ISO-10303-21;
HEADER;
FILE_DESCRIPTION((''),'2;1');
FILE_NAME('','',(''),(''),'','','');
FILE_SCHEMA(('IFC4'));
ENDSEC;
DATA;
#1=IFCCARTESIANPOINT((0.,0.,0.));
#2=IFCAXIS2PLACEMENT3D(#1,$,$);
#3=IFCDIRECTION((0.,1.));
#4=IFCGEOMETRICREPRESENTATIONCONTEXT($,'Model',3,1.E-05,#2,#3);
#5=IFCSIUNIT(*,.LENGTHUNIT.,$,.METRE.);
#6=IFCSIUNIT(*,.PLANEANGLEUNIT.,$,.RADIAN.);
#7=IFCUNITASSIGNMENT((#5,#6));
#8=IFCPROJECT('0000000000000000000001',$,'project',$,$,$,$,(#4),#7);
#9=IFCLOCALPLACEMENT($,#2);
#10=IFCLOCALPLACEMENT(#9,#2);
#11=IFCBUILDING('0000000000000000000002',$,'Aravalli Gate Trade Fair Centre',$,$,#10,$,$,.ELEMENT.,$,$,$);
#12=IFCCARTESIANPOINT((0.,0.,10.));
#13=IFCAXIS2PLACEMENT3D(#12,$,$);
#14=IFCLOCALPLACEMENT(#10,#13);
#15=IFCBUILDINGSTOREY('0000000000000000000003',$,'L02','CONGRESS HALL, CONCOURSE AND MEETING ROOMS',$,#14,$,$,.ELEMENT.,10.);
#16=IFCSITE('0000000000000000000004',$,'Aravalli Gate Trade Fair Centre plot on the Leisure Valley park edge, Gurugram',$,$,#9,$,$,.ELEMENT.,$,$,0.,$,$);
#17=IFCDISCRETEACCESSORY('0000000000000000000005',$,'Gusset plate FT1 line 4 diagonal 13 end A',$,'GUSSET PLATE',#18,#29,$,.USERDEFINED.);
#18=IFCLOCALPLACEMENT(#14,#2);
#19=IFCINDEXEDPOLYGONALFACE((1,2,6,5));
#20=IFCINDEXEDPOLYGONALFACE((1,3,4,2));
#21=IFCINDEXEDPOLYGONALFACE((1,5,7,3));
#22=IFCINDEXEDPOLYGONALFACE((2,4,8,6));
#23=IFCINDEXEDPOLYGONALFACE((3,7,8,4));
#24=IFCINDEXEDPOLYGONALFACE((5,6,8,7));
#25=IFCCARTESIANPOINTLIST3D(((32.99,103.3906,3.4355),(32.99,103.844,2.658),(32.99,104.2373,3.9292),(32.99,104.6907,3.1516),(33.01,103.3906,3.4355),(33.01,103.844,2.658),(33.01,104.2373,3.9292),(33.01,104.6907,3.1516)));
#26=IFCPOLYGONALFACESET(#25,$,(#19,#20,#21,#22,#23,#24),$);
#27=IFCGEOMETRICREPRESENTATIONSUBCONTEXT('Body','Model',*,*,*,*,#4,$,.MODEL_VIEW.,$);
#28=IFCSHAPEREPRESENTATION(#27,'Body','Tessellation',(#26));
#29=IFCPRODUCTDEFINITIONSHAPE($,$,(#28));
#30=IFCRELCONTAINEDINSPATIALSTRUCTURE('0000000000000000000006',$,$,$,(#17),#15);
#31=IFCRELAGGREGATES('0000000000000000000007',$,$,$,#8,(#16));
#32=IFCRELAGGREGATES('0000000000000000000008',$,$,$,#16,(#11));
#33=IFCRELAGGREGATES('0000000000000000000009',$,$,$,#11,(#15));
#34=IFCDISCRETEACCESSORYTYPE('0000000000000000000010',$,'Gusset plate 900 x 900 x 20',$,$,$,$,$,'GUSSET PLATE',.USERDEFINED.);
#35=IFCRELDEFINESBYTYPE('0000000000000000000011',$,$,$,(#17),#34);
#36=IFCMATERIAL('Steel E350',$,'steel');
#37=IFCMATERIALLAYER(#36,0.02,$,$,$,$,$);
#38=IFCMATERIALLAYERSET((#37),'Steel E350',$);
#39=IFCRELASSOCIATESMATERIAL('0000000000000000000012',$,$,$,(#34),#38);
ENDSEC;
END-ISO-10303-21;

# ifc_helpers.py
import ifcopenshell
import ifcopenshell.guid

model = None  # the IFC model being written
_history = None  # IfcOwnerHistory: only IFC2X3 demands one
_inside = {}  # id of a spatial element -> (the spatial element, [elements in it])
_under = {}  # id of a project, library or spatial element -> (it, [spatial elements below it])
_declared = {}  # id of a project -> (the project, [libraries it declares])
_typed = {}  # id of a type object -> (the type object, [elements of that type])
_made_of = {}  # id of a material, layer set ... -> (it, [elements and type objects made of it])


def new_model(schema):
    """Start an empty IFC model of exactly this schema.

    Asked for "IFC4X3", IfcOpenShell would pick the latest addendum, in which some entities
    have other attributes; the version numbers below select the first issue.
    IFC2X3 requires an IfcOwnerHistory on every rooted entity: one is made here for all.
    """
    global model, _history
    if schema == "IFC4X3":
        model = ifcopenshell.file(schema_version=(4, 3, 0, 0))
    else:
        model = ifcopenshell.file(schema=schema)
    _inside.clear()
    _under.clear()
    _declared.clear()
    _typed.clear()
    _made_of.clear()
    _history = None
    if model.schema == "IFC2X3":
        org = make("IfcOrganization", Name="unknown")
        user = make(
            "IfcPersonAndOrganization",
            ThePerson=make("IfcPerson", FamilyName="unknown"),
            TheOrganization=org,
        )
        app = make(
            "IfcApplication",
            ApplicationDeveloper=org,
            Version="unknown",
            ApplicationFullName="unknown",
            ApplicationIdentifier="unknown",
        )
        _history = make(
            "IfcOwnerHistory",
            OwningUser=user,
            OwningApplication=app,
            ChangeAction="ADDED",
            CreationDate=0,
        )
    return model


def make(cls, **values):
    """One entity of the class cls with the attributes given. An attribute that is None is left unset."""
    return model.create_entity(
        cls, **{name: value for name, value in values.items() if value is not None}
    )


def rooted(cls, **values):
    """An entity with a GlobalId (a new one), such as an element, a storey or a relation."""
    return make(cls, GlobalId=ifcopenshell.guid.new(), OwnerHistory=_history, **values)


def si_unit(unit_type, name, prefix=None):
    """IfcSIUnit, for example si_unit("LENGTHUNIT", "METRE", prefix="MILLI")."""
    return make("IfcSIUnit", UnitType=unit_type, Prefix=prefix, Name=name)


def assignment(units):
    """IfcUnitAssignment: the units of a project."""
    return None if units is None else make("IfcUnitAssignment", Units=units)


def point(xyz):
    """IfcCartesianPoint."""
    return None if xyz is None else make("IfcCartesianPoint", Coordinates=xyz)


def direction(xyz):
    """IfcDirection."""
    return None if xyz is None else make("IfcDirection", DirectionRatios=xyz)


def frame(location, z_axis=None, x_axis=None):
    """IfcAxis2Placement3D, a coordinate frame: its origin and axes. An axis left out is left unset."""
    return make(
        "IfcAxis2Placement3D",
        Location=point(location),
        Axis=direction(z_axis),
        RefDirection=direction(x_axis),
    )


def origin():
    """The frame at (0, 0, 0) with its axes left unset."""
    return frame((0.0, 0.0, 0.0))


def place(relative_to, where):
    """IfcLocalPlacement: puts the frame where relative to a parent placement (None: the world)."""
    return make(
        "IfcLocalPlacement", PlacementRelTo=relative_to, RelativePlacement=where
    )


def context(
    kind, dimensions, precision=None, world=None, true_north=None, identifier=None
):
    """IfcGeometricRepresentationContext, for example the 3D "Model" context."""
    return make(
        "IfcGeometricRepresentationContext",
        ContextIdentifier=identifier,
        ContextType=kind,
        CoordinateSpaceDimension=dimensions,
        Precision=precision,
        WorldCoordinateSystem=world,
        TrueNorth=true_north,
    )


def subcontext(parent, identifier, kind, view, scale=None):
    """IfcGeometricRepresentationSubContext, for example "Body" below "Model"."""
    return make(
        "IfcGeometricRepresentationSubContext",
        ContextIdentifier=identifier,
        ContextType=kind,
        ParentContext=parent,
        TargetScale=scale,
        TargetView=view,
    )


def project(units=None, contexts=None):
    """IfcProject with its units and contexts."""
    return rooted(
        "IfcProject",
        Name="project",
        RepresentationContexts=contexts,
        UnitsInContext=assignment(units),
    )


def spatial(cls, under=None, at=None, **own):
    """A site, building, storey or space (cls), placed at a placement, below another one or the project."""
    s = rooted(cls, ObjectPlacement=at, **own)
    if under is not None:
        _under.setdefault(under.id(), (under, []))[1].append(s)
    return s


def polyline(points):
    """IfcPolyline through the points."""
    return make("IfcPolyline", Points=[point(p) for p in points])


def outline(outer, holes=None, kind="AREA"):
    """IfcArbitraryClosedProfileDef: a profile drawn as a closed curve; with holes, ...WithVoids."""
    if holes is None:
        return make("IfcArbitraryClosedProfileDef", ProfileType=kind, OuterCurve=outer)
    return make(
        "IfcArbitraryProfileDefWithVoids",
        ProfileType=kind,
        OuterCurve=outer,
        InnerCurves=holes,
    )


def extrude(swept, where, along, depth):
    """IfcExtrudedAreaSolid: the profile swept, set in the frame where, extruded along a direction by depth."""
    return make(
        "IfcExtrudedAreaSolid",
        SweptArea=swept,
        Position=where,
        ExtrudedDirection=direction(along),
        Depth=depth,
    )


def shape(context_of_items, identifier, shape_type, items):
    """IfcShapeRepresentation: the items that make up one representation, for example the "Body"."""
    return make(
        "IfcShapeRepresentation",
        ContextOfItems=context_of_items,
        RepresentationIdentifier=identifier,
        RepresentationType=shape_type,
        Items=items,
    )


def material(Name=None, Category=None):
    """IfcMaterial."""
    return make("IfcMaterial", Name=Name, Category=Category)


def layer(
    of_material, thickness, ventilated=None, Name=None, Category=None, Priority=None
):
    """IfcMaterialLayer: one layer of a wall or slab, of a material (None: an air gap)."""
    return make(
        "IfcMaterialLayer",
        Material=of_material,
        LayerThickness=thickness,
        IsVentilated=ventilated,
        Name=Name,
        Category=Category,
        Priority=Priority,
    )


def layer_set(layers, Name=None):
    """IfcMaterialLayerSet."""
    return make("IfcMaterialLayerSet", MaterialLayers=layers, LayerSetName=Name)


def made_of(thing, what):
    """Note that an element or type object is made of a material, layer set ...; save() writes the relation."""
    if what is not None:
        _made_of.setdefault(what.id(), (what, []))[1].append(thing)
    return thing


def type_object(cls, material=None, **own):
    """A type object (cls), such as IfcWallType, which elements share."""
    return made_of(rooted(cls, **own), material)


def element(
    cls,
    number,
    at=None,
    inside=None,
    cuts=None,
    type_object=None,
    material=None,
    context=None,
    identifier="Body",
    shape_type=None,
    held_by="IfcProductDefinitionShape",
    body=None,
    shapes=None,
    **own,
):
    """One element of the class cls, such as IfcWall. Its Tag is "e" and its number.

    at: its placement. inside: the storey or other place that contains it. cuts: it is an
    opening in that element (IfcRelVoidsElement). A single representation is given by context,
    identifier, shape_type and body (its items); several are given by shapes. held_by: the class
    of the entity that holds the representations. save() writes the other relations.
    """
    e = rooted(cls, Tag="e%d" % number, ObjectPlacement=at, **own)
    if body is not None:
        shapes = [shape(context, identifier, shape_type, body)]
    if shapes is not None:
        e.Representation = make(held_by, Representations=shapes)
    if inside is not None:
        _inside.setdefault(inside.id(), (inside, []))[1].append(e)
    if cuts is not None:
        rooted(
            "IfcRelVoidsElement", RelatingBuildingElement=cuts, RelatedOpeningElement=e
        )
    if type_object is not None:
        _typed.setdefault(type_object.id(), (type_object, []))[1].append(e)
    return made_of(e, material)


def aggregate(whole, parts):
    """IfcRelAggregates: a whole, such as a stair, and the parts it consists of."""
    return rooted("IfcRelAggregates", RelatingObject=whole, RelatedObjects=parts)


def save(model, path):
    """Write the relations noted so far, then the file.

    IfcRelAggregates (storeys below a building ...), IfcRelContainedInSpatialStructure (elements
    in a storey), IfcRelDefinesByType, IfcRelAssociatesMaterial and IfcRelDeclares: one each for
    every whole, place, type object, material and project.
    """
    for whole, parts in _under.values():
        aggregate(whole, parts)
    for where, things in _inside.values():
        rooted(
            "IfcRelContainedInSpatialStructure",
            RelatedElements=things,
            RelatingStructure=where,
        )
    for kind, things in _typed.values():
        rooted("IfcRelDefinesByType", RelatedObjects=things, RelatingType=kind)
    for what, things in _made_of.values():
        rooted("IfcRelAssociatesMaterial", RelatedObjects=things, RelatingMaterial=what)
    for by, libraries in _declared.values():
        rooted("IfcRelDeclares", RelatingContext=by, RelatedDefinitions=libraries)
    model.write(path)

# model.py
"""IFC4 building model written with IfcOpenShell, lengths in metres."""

from ifc_helpers import new_model, si_unit, direction, frame, origin, place, context, subcontext, project, spatial, polyline, outline, extrude, material, layer, layer_set, type_object, element, save


model = new_model("IFC4")

# Units and contexts
model_context = context("Model", 3, precision=1e-05, world=origin(), true_north=direction((0.0, 1.0)))
body_context = subcontext(model_context, "Body", "Model", "MODEL_VIEW")
ifc_project = project(units=[si_unit("LENGTHUNIT", "METRE"), si_unit("PLANEANGLEUNIT", "RADIAN")], contexts=[model_context])

# Site, building, storey
site_placement = place(None, origin())
site = spatial("IfcSite", under=ifc_project, at=site_placement, Name="Aravalli Gate Trade Fair Centre plot on the Leisure Valley park edge, Gurugram", CompositionType="ELEMENT", RefElevation=0.0)
building_placement = place(site_placement, origin())
building = spatial("IfcBuilding", under=site, at=building_placement, Name="Aravalli Gate Trade Fair Centre", CompositionType="ELEMENT")
storey_placement = place(building_placement, frame((0.0, 0.0, 10.0)))
storey = spatial("IfcBuildingStorey", under=building, at=storey_placement, Name="L02", Description="CONGRESS HALL, CONCOURSE AND MEETING ROOMS", CompositionType="ELEMENT", Elevation=10.0)

# Shared definitions
ifc_material_1 = material(Name="Steel E350", Category="steel")

# Discrete accessory
ifc_layer_1 = layer(ifc_material_1, 0.02)
ifc_layer_set_1 = layer_set([ifc_layer_1], Name="Steel E350")
discrete_accessory_type_1 = type_object("IfcDiscreteAccessoryType", Name="Gusset plate 900 x 900 x 20", ElementType="GUSSET PLATE", PredefinedType="USERDEFINED", material=ifc_layer_set_1)
for number, where, z_axis, x_axis, name in (
    (1, (32.99, 103.3906, 3.4355), (-1.0, 0.0, 0.0), (0.0, 0.863887, 0.503685), "Gusset plate FT1 line 4 diagonal 13 end A"),
):
    element("IfcDiscreteAccessory", number, at=place(storey_placement, frame(where, z_axis=z_axis, x_axis=x_axis)), inside=storey, type_object=discrete_accessory_type_1, Name=name, ObjectType="GUSSET PLATE", PredefinedType="USERDEFINED", context=body_context, shape_type="SweptSolid", body=[
        extrude(outline(polyline([(0.0, 0.0), (0.9801, 0.0), (0.9801, 0.9001), (0.0, 0.9001), (0.0, 0.0)])), origin(), (0.0, 0.0, -1.0), 0.02),
    ])

save(model, "model.ifc")
